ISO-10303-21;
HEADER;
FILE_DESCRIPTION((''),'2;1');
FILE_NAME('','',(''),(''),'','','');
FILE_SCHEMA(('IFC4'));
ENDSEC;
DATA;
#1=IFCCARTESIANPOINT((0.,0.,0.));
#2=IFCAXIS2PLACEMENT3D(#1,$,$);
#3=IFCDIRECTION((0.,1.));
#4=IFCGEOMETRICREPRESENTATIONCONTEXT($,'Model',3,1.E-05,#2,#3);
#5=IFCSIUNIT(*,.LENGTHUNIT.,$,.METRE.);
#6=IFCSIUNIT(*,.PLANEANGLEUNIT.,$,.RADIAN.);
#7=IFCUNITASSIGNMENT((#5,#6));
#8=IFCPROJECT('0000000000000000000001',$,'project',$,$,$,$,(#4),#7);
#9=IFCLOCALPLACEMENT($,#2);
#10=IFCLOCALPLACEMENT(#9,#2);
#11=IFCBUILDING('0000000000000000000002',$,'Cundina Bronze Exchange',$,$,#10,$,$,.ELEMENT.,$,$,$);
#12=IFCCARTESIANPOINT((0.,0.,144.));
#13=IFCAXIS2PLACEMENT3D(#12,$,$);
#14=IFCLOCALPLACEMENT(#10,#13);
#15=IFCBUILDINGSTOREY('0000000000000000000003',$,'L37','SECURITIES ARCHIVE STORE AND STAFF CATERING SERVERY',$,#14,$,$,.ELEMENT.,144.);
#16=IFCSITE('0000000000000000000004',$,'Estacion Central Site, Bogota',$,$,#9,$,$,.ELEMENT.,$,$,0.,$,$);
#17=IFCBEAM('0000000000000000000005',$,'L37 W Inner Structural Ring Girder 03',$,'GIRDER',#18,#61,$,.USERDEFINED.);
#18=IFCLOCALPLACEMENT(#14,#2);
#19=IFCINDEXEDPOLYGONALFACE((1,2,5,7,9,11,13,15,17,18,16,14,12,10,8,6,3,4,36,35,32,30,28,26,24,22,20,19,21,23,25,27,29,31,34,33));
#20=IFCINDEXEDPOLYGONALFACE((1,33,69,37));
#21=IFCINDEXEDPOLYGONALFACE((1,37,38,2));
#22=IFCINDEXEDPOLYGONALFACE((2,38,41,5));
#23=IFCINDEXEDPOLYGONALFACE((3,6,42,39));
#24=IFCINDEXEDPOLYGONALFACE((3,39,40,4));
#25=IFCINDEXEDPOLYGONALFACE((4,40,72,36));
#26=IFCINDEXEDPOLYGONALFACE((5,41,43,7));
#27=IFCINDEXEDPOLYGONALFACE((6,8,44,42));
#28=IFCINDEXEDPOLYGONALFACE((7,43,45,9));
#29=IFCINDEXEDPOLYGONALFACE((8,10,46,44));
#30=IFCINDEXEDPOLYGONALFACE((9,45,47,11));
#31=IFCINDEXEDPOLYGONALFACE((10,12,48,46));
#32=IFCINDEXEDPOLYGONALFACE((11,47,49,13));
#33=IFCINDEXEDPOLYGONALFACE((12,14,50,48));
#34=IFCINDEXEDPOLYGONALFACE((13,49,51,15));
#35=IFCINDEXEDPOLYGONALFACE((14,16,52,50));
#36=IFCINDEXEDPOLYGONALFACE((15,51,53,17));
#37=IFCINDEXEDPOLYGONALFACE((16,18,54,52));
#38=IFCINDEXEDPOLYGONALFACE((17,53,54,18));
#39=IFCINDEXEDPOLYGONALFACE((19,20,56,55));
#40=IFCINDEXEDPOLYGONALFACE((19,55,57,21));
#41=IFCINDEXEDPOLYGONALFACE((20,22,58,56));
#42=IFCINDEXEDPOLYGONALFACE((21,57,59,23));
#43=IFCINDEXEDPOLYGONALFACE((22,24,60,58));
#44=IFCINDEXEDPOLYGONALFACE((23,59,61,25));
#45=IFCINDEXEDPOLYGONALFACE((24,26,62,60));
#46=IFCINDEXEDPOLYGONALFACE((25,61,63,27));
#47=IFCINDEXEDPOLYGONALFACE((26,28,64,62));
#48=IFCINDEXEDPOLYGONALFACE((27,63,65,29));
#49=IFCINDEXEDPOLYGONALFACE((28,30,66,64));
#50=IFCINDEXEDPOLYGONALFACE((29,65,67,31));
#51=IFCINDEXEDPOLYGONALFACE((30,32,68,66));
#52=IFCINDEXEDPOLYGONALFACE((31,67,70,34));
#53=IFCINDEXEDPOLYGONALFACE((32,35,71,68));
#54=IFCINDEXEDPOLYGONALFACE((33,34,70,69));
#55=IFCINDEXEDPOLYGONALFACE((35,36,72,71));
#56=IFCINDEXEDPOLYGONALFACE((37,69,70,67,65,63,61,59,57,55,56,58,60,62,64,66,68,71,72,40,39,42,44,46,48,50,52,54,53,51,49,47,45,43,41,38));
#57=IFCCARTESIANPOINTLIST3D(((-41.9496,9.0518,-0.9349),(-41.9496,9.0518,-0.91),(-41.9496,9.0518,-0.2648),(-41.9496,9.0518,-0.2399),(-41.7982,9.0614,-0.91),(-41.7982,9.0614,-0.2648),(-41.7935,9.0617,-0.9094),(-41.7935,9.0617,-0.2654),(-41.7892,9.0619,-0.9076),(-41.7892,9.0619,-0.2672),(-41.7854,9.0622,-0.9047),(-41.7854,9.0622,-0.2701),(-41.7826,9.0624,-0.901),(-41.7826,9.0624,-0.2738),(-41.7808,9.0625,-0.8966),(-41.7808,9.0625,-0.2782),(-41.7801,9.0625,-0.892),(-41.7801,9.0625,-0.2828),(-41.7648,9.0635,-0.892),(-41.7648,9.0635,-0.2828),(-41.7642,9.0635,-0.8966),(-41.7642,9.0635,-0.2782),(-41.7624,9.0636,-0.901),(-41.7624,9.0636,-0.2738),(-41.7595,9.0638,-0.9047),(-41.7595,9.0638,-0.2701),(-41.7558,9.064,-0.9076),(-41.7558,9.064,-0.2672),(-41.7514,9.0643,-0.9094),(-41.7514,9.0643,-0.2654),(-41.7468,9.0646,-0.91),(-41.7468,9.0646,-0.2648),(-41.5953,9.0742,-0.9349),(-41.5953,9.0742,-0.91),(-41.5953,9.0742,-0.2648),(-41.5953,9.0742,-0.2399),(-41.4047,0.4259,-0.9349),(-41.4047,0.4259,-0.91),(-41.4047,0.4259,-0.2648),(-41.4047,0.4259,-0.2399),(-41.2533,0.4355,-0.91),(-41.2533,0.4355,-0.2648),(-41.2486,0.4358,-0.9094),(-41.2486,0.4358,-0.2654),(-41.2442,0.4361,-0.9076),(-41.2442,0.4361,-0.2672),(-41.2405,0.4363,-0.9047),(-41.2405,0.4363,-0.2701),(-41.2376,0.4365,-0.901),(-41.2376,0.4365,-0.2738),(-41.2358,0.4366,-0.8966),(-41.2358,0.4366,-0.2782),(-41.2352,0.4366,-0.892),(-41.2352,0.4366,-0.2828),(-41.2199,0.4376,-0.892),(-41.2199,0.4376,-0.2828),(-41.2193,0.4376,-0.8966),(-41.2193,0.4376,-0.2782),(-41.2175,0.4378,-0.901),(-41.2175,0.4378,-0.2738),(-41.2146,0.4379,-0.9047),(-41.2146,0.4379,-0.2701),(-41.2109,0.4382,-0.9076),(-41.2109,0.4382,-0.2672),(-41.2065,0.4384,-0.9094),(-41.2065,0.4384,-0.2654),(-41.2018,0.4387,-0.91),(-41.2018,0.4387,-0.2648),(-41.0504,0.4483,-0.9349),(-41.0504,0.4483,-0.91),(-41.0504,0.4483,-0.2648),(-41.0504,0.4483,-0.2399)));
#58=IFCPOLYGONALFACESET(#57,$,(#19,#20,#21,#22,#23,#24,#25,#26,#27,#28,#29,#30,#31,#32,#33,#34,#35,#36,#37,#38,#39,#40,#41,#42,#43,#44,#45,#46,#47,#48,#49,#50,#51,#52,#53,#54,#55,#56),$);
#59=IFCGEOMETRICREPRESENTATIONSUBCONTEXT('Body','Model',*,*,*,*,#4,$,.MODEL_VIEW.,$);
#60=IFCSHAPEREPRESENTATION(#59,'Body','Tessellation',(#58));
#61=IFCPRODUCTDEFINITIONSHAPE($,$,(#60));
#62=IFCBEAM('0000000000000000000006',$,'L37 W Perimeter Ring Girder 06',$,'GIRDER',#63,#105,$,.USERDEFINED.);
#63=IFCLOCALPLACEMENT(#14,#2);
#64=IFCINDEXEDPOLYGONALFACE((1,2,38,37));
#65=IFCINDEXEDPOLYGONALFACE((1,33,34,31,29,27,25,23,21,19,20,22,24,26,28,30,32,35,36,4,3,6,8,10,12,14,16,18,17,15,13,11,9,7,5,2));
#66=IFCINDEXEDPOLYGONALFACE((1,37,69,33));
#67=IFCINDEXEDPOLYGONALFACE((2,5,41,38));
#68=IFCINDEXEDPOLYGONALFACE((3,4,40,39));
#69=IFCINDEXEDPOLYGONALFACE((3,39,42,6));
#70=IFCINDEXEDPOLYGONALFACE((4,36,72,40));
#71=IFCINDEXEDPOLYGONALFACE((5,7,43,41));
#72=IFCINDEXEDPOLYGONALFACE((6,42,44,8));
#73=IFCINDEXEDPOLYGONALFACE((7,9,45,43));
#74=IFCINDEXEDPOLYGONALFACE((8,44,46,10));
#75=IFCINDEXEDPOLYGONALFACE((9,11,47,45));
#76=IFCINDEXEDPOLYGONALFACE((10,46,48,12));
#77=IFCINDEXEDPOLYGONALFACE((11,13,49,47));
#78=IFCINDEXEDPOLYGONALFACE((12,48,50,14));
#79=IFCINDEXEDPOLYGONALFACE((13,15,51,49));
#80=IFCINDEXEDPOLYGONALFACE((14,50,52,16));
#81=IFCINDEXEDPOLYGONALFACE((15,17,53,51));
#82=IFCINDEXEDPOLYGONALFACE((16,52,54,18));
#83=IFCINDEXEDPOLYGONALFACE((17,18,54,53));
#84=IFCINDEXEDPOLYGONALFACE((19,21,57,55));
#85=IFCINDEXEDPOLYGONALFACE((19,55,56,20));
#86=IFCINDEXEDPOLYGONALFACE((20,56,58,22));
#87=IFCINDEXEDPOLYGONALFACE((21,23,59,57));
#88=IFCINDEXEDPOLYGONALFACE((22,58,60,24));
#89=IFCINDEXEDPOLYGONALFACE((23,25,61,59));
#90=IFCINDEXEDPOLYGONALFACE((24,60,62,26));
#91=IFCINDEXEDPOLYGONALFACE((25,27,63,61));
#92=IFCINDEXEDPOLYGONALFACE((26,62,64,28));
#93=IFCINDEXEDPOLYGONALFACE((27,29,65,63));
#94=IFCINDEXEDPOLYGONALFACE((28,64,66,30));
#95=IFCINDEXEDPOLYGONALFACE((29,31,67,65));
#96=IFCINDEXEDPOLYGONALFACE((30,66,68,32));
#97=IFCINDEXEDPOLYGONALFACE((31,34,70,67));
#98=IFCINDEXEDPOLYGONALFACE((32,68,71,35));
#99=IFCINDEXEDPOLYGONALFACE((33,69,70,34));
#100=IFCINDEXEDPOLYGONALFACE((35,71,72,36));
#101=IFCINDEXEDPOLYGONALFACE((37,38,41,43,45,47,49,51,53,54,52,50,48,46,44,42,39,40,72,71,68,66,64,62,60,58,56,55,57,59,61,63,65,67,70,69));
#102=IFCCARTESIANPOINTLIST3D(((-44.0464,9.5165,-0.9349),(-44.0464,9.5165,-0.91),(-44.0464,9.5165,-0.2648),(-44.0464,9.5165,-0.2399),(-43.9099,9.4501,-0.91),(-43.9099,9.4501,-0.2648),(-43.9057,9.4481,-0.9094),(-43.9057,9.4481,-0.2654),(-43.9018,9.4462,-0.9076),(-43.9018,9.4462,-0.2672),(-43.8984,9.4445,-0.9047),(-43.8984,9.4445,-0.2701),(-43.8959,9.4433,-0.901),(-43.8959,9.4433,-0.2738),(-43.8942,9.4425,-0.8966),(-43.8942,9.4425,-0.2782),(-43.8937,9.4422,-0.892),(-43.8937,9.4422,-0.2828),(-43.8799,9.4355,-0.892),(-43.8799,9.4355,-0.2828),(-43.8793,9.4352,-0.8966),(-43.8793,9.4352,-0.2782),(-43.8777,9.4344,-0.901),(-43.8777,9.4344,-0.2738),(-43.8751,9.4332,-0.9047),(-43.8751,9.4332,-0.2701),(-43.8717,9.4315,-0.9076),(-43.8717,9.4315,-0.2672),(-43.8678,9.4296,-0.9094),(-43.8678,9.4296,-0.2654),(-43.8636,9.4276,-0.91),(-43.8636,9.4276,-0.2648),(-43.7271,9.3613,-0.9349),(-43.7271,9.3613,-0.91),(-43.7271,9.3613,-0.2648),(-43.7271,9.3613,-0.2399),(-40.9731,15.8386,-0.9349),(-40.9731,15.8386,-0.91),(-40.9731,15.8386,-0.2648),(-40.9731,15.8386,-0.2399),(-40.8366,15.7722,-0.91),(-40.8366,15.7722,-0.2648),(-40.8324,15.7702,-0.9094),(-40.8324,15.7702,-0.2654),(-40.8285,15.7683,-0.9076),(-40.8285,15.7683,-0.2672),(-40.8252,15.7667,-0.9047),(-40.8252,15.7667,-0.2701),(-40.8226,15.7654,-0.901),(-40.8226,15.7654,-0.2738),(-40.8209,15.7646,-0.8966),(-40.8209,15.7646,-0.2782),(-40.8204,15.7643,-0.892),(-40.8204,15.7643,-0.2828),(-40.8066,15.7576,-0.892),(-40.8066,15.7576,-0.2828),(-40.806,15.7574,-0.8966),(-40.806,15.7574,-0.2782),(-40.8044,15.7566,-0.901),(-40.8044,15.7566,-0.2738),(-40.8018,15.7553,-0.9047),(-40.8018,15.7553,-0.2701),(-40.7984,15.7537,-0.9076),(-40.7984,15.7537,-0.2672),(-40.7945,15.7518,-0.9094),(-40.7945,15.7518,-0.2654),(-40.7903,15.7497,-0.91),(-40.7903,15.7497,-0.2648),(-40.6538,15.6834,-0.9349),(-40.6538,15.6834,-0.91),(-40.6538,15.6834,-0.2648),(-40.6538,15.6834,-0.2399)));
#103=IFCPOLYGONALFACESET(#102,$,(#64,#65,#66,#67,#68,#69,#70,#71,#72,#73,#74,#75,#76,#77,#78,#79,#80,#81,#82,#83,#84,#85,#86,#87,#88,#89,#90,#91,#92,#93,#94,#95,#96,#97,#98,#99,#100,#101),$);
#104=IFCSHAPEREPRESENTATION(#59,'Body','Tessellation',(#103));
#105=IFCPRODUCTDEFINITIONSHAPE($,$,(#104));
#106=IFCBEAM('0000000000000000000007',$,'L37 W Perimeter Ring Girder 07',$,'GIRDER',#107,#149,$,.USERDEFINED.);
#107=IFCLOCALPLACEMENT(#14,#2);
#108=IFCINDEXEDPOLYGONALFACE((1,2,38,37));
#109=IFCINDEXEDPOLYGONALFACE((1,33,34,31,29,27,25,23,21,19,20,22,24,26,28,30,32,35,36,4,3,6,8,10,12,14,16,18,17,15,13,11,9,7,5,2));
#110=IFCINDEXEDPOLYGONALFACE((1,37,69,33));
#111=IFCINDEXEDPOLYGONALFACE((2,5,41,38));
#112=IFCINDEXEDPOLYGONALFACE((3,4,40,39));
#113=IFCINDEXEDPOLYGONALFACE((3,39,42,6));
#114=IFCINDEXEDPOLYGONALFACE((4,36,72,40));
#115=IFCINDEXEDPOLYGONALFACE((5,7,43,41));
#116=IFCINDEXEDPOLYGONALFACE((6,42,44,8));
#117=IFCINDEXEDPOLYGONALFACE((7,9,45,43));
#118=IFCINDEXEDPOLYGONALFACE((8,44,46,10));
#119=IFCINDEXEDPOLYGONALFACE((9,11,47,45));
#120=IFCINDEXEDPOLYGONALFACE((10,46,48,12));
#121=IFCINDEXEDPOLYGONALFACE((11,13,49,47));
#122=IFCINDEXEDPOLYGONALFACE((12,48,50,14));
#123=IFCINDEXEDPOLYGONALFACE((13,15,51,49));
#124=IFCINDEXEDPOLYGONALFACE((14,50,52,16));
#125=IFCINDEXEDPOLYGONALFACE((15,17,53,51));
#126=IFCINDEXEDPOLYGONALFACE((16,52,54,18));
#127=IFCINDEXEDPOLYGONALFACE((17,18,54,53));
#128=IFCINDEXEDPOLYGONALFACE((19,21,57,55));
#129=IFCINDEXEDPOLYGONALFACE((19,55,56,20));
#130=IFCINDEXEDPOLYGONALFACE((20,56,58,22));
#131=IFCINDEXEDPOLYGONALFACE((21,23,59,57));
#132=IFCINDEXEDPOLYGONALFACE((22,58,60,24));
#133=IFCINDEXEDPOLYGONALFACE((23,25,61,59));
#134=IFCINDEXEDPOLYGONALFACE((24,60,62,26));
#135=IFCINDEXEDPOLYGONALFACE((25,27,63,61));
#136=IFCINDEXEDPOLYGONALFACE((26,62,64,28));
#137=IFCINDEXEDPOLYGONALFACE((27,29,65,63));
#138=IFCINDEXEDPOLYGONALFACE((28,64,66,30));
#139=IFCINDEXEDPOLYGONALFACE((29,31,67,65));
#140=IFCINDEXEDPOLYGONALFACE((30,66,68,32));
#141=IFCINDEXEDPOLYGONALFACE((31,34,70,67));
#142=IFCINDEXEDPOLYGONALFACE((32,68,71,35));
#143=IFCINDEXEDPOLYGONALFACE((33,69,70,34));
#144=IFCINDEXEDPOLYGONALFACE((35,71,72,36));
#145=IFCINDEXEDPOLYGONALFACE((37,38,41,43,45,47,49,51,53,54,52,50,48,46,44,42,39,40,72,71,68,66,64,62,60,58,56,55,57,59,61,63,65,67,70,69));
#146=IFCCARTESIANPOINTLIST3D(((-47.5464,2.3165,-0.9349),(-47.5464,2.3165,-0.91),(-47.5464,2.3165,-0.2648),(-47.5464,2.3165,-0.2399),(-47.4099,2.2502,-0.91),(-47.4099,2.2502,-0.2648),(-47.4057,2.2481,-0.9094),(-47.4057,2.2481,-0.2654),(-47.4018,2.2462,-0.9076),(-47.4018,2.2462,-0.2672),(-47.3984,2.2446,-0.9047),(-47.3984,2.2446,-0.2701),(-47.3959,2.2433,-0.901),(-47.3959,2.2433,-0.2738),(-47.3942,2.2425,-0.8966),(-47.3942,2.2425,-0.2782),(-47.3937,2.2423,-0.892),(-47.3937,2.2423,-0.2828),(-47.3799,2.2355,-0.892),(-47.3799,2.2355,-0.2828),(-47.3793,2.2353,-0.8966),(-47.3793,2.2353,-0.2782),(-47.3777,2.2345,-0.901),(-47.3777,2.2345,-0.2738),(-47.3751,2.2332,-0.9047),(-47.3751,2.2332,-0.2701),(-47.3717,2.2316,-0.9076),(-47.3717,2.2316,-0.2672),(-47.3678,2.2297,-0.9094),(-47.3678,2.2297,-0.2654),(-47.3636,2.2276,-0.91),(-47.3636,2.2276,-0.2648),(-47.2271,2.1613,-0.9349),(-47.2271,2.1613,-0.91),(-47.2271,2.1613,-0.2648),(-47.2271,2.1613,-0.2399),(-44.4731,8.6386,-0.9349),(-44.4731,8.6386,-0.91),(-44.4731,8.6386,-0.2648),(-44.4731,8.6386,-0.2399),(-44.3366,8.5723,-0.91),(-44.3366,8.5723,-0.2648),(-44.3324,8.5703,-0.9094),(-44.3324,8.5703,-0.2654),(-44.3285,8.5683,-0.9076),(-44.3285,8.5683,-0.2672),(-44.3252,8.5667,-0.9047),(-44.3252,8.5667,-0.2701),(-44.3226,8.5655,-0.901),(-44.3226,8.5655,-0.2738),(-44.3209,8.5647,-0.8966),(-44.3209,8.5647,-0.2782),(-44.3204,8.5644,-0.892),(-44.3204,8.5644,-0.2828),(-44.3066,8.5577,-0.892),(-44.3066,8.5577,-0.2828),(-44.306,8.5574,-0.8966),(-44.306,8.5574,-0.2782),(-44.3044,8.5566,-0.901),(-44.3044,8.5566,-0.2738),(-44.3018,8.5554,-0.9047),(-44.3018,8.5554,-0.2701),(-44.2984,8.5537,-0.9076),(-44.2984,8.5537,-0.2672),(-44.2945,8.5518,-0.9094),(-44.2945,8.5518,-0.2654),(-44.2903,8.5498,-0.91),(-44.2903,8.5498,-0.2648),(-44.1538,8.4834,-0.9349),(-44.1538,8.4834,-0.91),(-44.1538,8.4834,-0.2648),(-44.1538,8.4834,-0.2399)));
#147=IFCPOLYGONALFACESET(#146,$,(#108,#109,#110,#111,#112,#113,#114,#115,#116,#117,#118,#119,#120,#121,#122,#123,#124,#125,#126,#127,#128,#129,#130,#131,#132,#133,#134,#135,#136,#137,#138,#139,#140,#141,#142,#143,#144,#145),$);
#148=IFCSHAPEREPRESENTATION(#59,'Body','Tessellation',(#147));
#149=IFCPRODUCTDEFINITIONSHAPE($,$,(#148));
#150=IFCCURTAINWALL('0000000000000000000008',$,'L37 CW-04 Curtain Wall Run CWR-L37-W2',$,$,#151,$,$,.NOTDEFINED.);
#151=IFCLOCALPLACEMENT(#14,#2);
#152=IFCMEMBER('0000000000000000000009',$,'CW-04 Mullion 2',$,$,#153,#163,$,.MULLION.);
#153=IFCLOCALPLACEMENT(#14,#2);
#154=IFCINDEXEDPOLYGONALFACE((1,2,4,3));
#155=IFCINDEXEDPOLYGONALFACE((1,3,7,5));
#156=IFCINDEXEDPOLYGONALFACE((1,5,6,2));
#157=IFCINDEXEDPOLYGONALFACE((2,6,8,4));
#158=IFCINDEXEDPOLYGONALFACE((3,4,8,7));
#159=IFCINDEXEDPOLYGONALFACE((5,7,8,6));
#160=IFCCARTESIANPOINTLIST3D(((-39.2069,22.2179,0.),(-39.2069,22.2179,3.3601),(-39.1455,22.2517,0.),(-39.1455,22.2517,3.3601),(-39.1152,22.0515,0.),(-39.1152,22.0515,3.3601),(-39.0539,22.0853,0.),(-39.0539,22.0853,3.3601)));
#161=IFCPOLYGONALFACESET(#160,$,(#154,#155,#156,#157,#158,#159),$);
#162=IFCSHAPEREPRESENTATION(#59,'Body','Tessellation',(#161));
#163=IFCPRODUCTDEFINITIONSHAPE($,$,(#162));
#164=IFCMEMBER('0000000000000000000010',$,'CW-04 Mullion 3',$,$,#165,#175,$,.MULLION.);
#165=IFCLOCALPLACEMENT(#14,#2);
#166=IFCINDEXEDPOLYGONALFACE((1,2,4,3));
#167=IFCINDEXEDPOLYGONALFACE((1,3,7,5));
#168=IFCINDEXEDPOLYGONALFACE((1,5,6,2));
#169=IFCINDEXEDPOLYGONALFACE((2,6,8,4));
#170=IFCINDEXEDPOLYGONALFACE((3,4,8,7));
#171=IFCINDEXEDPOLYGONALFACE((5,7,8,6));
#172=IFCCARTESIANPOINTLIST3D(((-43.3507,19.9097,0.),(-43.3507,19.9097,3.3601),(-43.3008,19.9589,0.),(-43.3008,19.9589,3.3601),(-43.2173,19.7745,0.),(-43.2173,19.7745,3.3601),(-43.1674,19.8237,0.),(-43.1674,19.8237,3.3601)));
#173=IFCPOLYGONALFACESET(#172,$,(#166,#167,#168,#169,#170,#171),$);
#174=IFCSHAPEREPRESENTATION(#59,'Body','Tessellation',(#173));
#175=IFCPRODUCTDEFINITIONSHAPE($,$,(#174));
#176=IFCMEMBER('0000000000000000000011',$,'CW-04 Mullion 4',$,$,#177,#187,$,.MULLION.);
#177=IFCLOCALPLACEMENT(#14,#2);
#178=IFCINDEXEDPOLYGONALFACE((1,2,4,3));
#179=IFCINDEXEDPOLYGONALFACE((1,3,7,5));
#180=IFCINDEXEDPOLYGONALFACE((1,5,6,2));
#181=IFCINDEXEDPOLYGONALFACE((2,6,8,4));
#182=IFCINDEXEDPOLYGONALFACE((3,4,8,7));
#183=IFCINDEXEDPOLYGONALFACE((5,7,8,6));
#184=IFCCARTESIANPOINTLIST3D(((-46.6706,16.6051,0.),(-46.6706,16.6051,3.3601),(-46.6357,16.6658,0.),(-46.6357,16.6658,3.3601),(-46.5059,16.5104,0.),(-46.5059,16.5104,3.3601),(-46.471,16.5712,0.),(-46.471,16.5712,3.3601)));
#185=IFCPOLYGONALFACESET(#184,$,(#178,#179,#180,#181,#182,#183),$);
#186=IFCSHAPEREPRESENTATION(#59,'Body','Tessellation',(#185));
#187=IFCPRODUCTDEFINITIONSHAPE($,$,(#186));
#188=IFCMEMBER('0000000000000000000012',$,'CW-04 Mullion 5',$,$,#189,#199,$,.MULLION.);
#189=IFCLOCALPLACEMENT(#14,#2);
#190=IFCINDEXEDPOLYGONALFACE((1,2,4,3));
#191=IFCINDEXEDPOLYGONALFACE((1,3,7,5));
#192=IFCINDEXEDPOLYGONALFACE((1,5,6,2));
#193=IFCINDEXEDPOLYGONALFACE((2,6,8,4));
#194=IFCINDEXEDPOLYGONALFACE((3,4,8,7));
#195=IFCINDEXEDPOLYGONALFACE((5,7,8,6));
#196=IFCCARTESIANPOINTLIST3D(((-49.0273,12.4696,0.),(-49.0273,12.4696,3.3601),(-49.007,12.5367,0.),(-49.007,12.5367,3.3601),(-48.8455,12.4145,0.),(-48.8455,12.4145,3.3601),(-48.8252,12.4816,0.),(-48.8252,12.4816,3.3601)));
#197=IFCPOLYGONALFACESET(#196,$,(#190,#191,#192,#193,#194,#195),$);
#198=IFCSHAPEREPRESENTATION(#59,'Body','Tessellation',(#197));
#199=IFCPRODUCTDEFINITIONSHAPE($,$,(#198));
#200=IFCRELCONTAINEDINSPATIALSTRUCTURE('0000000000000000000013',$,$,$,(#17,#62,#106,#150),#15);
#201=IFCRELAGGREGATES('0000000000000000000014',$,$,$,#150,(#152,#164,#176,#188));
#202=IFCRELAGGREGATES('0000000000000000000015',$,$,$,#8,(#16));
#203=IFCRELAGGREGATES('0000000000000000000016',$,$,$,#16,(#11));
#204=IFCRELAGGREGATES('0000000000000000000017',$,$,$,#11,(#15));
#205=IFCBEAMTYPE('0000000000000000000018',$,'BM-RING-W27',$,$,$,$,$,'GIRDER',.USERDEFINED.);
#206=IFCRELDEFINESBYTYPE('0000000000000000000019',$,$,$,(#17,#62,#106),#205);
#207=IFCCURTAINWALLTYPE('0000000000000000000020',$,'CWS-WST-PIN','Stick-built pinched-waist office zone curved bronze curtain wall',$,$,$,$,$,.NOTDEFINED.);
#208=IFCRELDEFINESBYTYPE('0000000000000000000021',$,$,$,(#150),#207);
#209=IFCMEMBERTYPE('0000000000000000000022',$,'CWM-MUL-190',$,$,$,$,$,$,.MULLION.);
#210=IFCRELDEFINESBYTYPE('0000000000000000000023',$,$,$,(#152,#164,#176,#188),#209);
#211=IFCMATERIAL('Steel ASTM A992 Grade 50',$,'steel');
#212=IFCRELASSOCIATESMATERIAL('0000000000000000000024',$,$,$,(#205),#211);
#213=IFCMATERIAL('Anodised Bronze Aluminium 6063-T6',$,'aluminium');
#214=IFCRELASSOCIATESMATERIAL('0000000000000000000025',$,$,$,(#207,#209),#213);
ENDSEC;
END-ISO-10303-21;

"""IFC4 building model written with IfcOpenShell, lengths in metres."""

from ifc_helpers import new_model, si_unit, direction, frame, origin, origin_2d, place, context, subcontext, project, spatial, rectangle, i_section, extrude, material, material_profile, profile_set, type_object, element, aggregate, save


model = new_model("IFC4")

# Units and contexts
model_context = context("Model", 3, precision=1e-05, world=origin(), true_north=direction((0.0, 1.0)))
body_context = subcontext(model_context, "Body", "Model", "MODEL_VIEW")
ifc_project = project(units=[si_unit("LENGTHUNIT", "METRE"), si_unit("PLANEANGLEUNIT", "RADIAN")], contexts=[model_context])

# Site, building, storey
site_placement = place(None, origin())
site = spatial("IfcSite", under=ifc_project, at=site_placement, Name="Estacion Central Site, Bogota", CompositionType="ELEMENT", RefElevation=0.0)
building_placement = place(site_placement, origin())
building = spatial("IfcBuilding", under=site, at=building_placement, Name="Cundina Bronze Exchange", CompositionType="ELEMENT")
storey_placement = place(building_placement, frame((0.0, 0.0, 144.0)))
storey = spatial("IfcBuildingStorey", under=building, at=storey_placement, Name="L37", Description="SECURITIES ARCHIVE STORE AND STAFF CATERING SERVERY", CompositionType="ELEMENT", Elevation=144.0)

# Beams
ifc_material_1 = material(Name="Steel ASTM A992 Grade 50", Category="steel")
ifc_material_profile_1 = material_profile(ifc_material_1, i_section(OverallWidth=0.355, OverallDepth=0.6951, WebThickness=0.0154, FlangeThickness=0.0249, FilletRadius=0.0181, at=origin_2d()), Name="W27X146", Category="steel")
ifc_profile_set_1 = profile_set([ifc_material_profile_1], Name="Steel ASTM A992 Grade 50")
beam_type_1 = type_object("IfcBeamType", Name="BM-RING-W27", ElementType="GIRDER", PredefinedType="USERDEFINED", material=ifc_profile_set_1)
beam_1_placement = place(storey_placement, frame((-41.7725, 9.063, -0.5874), z_axis=(0.063047, -0.998011, 0.0), x_axis=(0.998011, 0.063047, 0.0)))
element("IfcBeam", 1, at=beam_1_placement, inside=storey, type_object=beam_type_1, Name="L37 W Inner Structural Ring Girder 03", ObjectType="GIRDER", PredefinedType="USERDEFINED", context=body_context, shape_type="SweptSolid", body=[
    extrude(i_section(OverallWidth=0.355, OverallDepth=0.6951, WebThickness=0.0154, FlangeThickness=0.0249, FilletRadius=0.0181, at=origin_2d()), origin(), (0.0, 0.0, 1.0), 8.6431),
])
for number, where, z_axis, x_axis, name in (
    (2, (-40.8135, 15.761, -0.5874), (-0.437197, -0.899366, 0.0), (0.899366, -0.437197, 0.0), "L37 W Perimeter Ring Girder 06"),
    (3, (-44.3135, 8.561, -0.5874), (-0.437197, -0.899366, 0.0), (0.899366, -0.437197, 0.0), "L37 W Perimeter Ring Girder 07"),
):
    element("IfcBeam", number, at=place(storey_placement, frame(where, z_axis=z_axis, x_axis=x_axis)), inside=storey, type_object=beam_type_1, Name=name, ObjectType="GIRDER", PredefinedType="USERDEFINED", context=body_context, shape_type="SweptSolid", body=[
        extrude(i_section(OverallWidth=0.355, OverallDepth=0.6951, WebThickness=0.0154, FlangeThickness=0.0249, FilletRadius=0.0181, at=origin_2d()), origin(), (0.0, 0.0, 1.0), 7.0295),
    ])

# Curtain wall, members
ifc_material_2 = material(Name="Anodised Bronze Aluminium 6063-T6", Category="aluminium")
curtain_wall_type = type_object("IfcCurtainWallType", Name="CWS-WST-PIN", Description="Stick-built pinched-waist office zone curved bronze curtain wall", PredefinedType="NOTDEFINED", material=ifc_material_2)
curtain_wall_placement = place(storey_placement, origin())
curtain_wall = element("IfcCurtainWall", 4, at=curtain_wall_placement, inside=storey, type_object=curtain_wall_type, Name="L37 CW-04 Curtain Wall Run CWR-L37-W2", PredefinedType="NOTDEFINED")
ifc_material_profile_2 = material_profile(ifc_material_2, rectangle(XDim=0.0701, YDim=0.1899, at=origin_2d()), Name="AL70X190", Category="aluminium")
ifc_profile_set_2 = profile_set([ifc_material_profile_2], Name="Anodised Bronze Aluminium 6063-T6")
member_type_1 = type_object("IfcMemberType", Name="CWM-MUL-190", PredefinedType="MULLION", material=ifc_profile_set_2)
member_1_placement = place(storey_placement, frame((-39.1304, 22.1516, 0.0), z_axis=(0.0, 0.0, 1.0), x_axis=(-0.875886, -0.482518, 0.0)))
member_1 = element("IfcMember", 5, at=member_1_placement, type_object=member_type_1, Name="CW-04 Mullion 2", PredefinedType="MULLION", context=body_context, shape_type="SweptSolid", body=[
    extrude(rectangle(XDim=0.0701, YDim=0.1899, at=origin_2d()), origin(), (0.0, 0.0, 1.0), 3.3601),
])
member_2_placement = place(storey_placement, frame((-43.259, 19.8667, 0.0), z_axis=(0.0, 0.0, 1.0), x_axis=(-0.712026, -0.702153, 0.0)))
member_2 = element("IfcMember", 6, at=member_2_placement, type_object=member_type_1, Name="CW-04 Mullion 3", PredefinedType="MULLION", context=body_context, shape_type="SweptSolid", body=[
    extrude(rectangle(XDim=0.0701, YDim=0.1899, at=origin_2d()), origin(), (0.0, 0.0, 1.0), 3.3601),
])
member_3_placement = place(storey_placement, frame((-46.5708, 16.5881, 0.0), z_axis=(0.0, 0.0, 1.0), x_axis=(-0.498488, -0.866897, 0.0)))
member_3 = element("IfcMember", 7, at=member_3_placement, type_object=member_type_1, Name="CW-04 Mullion 4", PredefinedType="MULLION", context=body_context, shape_type="SweptSolid", body=[
    extrude(rectangle(XDim=0.0701, YDim=0.1899, at=origin_2d()), origin(), (0.0, 0.0, 1.0), 3.3601),
])
member_4_placement = place(storey_placement, frame((-48.9263, 12.4756, 0.0), z_axis=(0.0, 0.0, 1.0), x_axis=(-0.290034, -0.957016, 0.0)))
member_4 = element("IfcMember", 8, at=member_4_placement, type_object=member_type_1, Name="CW-04 Mullion 5", PredefinedType="MULLION", context=body_context, shape_type="SweptSolid", body=[
    extrude(rectangle(XDim=0.0701, YDim=0.1899, at=origin_2d()), origin(), (0.0, 0.0, 1.0), 3.3601),
])
aggregate(curtain_wall, [member_1, member_2, member_3, member_4])

save(model, "model.ifc")
